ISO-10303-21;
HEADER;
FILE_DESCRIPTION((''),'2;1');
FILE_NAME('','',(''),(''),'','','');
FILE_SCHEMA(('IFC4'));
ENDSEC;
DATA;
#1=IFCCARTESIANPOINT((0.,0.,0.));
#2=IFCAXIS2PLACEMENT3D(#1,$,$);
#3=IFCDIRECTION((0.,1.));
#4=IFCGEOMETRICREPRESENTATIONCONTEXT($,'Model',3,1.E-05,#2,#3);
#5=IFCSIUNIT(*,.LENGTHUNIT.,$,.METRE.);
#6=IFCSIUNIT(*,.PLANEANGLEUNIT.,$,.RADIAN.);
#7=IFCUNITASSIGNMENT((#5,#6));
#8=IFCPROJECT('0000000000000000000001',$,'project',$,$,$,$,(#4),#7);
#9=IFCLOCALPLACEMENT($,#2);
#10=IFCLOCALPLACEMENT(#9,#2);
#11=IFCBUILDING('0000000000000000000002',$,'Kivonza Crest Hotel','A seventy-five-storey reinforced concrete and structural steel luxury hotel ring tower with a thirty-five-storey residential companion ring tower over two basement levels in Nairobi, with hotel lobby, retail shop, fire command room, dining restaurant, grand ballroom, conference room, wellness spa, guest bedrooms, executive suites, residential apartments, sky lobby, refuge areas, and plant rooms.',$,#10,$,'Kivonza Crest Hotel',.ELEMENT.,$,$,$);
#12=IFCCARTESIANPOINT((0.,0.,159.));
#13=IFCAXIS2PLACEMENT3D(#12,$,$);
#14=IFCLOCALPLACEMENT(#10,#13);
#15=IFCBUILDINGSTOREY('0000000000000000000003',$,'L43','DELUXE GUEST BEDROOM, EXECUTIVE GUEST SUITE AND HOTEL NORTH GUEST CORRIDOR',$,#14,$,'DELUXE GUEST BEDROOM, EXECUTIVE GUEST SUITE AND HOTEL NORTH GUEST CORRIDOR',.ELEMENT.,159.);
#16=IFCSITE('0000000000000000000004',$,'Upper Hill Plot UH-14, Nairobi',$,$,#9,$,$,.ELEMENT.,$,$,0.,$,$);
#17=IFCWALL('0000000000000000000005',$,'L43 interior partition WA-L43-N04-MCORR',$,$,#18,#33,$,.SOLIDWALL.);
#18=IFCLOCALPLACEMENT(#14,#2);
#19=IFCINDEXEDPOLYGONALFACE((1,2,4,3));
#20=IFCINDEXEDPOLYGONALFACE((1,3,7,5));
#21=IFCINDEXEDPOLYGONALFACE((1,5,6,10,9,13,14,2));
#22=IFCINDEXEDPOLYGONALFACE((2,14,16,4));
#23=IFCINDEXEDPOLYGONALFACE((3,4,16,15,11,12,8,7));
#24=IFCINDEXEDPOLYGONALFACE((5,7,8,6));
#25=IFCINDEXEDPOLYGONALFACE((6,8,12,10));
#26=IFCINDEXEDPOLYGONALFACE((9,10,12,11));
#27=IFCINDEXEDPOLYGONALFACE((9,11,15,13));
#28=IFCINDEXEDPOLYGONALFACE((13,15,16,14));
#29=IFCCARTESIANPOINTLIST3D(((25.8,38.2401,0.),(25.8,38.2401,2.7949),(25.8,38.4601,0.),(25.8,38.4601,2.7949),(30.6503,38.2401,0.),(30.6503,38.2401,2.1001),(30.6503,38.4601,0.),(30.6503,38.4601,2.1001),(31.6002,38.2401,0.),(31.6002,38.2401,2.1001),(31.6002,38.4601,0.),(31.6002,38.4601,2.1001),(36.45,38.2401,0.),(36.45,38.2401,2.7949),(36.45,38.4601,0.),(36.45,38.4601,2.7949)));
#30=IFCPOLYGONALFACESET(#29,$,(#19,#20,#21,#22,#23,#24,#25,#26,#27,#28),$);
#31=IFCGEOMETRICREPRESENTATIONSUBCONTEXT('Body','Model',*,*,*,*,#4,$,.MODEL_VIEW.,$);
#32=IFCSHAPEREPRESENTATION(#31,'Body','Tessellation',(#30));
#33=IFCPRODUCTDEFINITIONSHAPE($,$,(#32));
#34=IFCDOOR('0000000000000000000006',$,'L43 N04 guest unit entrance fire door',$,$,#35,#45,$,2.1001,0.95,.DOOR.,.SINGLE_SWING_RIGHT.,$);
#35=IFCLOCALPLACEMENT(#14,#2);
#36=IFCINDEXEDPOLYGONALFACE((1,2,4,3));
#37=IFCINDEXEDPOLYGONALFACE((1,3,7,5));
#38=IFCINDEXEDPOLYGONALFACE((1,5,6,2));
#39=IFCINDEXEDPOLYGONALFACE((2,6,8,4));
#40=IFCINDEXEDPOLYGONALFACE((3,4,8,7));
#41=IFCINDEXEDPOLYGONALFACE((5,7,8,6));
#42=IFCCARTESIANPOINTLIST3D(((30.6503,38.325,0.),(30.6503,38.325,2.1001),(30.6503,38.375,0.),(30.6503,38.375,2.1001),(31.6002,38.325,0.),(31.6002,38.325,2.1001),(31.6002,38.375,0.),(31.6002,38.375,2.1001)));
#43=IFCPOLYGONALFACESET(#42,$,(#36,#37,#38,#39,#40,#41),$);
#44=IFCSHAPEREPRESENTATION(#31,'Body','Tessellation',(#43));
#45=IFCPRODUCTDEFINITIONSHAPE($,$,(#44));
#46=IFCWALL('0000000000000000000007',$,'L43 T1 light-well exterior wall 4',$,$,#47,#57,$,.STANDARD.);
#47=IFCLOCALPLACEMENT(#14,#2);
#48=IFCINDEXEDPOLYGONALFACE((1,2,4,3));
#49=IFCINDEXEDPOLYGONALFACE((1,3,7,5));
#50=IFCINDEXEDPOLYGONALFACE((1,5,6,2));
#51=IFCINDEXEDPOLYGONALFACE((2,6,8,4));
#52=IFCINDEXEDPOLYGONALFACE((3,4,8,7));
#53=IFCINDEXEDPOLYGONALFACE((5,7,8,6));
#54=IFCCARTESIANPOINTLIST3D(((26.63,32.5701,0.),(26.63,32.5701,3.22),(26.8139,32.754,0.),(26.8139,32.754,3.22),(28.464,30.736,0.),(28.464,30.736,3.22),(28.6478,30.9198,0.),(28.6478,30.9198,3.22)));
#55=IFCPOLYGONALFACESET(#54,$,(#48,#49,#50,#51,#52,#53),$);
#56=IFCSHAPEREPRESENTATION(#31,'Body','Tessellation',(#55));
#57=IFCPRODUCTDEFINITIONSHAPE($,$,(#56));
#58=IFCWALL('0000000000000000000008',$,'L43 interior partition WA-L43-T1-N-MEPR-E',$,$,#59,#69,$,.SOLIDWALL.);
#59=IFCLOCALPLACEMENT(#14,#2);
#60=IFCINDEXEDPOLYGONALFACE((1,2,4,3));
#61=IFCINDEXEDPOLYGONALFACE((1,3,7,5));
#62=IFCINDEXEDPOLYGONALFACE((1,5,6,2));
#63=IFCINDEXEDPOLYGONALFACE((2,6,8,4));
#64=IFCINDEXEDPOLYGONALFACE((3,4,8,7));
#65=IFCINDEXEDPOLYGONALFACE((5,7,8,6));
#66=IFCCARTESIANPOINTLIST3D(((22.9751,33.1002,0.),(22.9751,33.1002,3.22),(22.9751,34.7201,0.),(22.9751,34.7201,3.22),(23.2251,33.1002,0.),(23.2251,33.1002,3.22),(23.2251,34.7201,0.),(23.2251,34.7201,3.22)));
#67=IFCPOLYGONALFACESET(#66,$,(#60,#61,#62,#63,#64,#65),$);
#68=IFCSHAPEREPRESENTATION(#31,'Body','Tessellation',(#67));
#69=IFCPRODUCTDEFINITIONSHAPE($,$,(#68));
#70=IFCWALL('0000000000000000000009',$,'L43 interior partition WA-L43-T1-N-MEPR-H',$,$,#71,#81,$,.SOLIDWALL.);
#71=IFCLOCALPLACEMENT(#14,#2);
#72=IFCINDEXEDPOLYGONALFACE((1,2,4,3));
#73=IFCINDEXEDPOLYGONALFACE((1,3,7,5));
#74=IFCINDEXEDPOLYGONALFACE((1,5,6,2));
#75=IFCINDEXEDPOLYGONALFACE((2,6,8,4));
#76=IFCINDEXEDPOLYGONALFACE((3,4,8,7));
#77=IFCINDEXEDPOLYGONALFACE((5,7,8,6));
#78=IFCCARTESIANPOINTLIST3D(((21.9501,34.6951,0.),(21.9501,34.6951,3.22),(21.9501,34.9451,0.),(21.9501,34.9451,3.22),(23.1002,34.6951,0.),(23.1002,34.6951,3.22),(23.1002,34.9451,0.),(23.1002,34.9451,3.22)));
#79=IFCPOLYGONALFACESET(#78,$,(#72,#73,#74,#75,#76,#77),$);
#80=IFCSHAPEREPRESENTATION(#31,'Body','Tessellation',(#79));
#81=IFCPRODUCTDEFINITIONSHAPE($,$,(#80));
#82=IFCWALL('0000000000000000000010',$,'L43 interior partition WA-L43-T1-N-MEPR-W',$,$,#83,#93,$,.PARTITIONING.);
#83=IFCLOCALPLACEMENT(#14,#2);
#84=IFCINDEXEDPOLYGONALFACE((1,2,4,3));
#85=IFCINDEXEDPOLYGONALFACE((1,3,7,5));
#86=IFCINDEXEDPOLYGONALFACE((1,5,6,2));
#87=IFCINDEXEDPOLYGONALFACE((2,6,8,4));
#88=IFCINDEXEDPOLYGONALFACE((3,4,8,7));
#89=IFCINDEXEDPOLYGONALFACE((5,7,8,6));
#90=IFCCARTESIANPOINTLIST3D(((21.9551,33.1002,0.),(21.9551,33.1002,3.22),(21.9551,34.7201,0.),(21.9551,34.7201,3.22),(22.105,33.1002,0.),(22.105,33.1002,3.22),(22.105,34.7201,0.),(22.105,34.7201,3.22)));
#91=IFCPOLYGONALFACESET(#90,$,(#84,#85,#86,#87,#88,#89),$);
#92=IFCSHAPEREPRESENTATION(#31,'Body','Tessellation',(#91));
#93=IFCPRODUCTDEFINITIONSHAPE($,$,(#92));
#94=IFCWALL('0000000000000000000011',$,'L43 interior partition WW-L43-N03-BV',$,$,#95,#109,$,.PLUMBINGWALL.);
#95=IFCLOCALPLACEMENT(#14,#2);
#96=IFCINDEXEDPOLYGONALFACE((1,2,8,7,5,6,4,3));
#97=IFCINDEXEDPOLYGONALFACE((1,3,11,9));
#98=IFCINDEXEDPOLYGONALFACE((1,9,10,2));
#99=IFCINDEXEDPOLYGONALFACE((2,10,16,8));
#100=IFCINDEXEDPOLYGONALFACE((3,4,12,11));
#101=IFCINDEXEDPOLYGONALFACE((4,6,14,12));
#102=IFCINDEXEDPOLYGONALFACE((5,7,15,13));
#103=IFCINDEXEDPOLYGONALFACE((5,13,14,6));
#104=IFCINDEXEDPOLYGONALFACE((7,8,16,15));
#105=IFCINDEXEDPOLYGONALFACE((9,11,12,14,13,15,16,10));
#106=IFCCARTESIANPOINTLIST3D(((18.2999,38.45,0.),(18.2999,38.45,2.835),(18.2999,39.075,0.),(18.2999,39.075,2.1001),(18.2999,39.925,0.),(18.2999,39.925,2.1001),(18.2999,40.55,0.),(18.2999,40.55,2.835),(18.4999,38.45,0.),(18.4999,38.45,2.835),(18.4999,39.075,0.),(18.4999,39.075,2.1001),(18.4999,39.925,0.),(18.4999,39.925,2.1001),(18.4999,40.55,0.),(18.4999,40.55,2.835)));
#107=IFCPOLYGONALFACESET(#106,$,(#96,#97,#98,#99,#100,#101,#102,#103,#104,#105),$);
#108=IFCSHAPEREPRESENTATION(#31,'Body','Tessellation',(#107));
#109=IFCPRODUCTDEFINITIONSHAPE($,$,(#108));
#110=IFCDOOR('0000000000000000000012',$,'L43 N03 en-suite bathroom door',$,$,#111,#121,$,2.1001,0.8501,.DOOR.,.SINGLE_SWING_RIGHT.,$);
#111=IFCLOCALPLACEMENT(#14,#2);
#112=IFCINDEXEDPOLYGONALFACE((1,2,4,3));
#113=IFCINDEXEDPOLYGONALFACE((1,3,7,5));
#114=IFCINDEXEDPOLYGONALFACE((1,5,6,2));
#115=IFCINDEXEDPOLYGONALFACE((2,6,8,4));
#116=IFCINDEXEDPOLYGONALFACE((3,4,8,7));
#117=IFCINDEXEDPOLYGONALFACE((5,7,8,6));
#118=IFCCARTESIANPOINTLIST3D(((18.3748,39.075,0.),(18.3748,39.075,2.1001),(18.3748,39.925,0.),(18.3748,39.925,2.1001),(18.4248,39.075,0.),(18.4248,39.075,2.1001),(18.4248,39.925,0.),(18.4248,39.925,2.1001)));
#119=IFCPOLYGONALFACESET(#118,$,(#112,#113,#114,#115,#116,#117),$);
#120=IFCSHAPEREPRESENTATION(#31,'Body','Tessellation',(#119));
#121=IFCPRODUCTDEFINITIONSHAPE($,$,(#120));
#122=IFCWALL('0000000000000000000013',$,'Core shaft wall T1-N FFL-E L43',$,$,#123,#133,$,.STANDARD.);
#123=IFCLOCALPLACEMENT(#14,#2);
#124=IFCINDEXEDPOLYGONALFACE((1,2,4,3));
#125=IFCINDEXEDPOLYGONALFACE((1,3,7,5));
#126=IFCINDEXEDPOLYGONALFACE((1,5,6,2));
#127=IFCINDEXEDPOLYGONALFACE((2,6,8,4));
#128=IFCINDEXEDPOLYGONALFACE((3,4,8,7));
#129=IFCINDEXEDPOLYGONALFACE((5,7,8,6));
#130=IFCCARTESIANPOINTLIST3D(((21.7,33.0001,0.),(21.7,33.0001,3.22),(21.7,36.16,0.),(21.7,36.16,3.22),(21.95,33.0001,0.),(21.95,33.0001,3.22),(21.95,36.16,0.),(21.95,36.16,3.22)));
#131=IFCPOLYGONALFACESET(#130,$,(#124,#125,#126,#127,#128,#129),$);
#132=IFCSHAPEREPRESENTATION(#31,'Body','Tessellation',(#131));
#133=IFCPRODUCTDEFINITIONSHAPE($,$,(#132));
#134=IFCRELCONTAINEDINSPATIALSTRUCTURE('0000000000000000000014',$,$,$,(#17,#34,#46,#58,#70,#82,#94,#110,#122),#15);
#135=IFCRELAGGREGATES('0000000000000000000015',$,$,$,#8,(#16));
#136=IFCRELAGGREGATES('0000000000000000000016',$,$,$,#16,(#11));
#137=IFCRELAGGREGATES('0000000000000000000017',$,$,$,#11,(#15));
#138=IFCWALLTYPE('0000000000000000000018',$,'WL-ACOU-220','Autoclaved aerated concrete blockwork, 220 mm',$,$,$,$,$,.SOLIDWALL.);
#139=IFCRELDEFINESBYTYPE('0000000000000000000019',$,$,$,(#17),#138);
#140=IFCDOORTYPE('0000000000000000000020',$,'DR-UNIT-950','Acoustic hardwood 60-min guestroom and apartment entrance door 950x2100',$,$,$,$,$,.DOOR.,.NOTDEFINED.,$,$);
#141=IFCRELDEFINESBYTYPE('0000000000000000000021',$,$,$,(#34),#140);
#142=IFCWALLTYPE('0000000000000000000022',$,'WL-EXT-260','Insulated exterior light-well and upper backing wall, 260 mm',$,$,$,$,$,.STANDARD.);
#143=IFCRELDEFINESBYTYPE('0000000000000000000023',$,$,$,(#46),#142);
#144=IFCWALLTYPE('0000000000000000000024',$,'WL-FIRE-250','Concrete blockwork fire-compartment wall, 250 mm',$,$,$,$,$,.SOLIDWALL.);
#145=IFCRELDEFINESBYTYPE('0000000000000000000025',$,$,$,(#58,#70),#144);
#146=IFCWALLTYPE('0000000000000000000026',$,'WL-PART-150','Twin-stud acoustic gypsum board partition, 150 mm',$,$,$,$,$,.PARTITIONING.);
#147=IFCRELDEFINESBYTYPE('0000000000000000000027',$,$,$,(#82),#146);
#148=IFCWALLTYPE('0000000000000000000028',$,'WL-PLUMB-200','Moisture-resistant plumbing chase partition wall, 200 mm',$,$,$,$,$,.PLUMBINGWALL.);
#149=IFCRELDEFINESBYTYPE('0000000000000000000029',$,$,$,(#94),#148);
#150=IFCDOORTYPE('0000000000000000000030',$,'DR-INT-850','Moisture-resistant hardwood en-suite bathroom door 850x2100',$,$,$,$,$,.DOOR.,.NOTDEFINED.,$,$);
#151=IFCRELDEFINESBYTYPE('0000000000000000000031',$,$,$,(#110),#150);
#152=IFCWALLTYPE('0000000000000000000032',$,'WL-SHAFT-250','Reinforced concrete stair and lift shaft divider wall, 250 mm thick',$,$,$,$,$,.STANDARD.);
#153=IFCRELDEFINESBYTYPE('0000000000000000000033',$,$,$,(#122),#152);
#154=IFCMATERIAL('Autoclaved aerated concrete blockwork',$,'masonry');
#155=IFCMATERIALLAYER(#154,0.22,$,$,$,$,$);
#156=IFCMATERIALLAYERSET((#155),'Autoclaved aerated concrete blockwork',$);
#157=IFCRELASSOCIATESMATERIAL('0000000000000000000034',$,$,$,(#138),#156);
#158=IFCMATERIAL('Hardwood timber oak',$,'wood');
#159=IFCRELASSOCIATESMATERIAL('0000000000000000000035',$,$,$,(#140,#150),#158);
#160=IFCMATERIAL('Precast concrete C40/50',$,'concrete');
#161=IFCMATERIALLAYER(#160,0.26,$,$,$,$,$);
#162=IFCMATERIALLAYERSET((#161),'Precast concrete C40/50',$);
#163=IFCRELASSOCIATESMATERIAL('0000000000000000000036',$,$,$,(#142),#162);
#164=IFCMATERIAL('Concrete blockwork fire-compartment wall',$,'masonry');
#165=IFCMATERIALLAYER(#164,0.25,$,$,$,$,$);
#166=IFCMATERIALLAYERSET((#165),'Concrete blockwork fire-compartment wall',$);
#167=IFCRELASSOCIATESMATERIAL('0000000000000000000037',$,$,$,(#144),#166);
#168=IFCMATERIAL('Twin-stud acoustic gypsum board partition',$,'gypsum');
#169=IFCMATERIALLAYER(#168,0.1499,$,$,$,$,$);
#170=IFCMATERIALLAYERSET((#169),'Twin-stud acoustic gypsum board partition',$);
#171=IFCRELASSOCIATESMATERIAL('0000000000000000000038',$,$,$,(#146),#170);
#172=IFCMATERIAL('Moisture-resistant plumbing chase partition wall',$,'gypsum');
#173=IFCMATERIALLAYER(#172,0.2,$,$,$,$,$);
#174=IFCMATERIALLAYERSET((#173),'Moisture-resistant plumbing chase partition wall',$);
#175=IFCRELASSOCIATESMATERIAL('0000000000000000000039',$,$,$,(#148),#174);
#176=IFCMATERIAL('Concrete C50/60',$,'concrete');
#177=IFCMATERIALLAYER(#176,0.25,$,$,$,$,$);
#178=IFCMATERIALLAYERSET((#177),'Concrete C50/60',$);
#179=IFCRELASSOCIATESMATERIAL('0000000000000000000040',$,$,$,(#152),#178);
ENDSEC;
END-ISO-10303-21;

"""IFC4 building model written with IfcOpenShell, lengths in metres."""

from ifc_helpers import new_model, si_unit, direction, frame, frame_2d, origin, place, context, subcontext, project, spatial, rectangle, extrude, material, layer, layer_set, type_object, element, fill, save


model = new_model("IFC4")

# Units and contexts
model_context = context("Model", 3, precision=1e-05, world=origin(), true_north=direction((0.0, 1.0)))
body_context = subcontext(model_context, "Body", "Model", "MODEL_VIEW")
ifc_project = project(units=[si_unit("LENGTHUNIT", "METRE"), si_unit("PLANEANGLEUNIT", "RADIAN")], contexts=[model_context])

# Site, building, storey
site_placement = place(None, origin())
site = spatial("IfcSite", under=ifc_project, at=site_placement, Name="Upper Hill Plot UH-14, Nairobi", CompositionType="ELEMENT", RefElevation=0.0)
building_placement = place(site_placement, origin())
building = spatial("IfcBuilding", under=site, at=building_placement, Name="Kivonza Crest Hotel", Description="A seventy-five-storey reinforced concrete and structural steel luxury hotel ring tower with a thirty-five-storey residential companion ring tower over two basement levels in Nairobi, with hotel lobby, retail shop, fire command room, dining restaurant, grand ballroom, conference room, wellness spa, guest bedrooms, executive suites, residential apartments, sky lobby, refuge areas, and plant rooms.", LongName="Kivonza Crest Hotel", CompositionType="ELEMENT")
storey_placement = place(building_placement, frame((0.0, 0.0, 159.0)))
storey = spatial("IfcBuildingStorey", under=building, at=storey_placement, Name="L43", Description="DELUXE GUEST BEDROOM, EXECUTIVE GUEST SUITE AND HOTEL NORTH GUEST CORRIDOR", LongName="DELUXE GUEST BEDROOM, EXECUTIVE GUEST SUITE AND HOTEL NORTH GUEST CORRIDOR", CompositionType="ELEMENT", Elevation=159.0)

# Shared definitions
ifc_material_1 = material(Name="Concrete C50/60", Category="concrete")

# Wall, opening, door
ifc_material_2 = material(Name="Autoclaved aerated concrete blockwork", Category="masonry")
ifc_layer_1 = layer(ifc_material_2, 0.22)
ifc_layer_set_1 = layer_set([ifc_layer_1], Name="Autoclaved aerated concrete blockwork")
wall_type_1 = type_object("IfcWallType", Name="WL-ACOU-220", Description="Autoclaved aerated concrete blockwork, 220 mm", PredefinedType="SOLIDWALL", material=ifc_layer_set_1)
wall_1_placement = place(storey_placement, frame((25.8, 38.3501, 0.0), z_axis=(0.0, 0.0, 1.0), x_axis=(1.0, 0.0, 0.0)))
wall_1 = element("IfcWall", 1, at=wall_1_placement, inside=storey, type_object=wall_type_1, Name="L43 interior partition WA-L43-N04-MCORR", PredefinedType="SOLIDWALL", context=body_context, shape_type="SweptSolid", body=[
    extrude(rectangle(XDim=10.6499, YDim=0.22, at=frame_2d((5.325, 0.0))), origin(), (0.0, 0.0, 1.0), 2.7949),
])
opening_1_placement = place(wall_1_placement, frame((4.8501, 0.0, 0.0)))
opening_1 = element("IfcOpeningElement", 2, at=opening_1_placement, cuts=wall_1, PredefinedType="OPENING", context=body_context, shape_type="SweptSolid", body=[
    extrude(rectangle(XDim=0.95, YDim=2.1001, at=frame_2d((0.4751, 1.05))), frame((0.0, 0.1201, 0.0), z_axis=(0.0, -1.0, 0.0), x_axis=(1.0, 0.0, 0.0)), (0.0, 0.0, 1.0), 0.24),
])
ifc_material_3 = material(Name="Hardwood timber oak", Category="wood")
door_type_1 = type_object("IfcDoorType", Name="DR-UNIT-950", Description="Acoustic hardwood 60-min guestroom and apartment entrance door 950x2100", OperationType="NOTDEFINED", PredefinedType="DOOR", material=ifc_material_3)
door_1_placement = place(opening_1_placement, origin())
door_1 = element("IfcDoor", 3, at=door_1_placement, inside=storey, type_object=door_type_1, Name="L43 N04 guest unit entrance fire door", OperationType="SINGLE_SWING_RIGHT", OverallHeight=2.1001, OverallWidth=0.95, PredefinedType="DOOR", context=body_context, shape_type="SweptSolid", body=[
    extrude(rectangle(XDim=0.95, YDim=2.1001, at=frame_2d((0.4751, 1.05))), frame((0.0, 0.0249, 0.0), z_axis=(0.0, -1.0, 0.0), x_axis=(1.0, 0.0, 0.0)), (0.0, 0.0, 1.0), 0.05),
])
fill(opening_1, door_1)

# Walls
ifc_material_4 = material(Name="Precast concrete C40/50", Category="concrete")
ifc_layer_2 = layer(ifc_material_4, 0.26)
ifc_layer_set_2 = layer_set([ifc_layer_2], Name="Precast concrete C40/50")
wall_type_2 = type_object("IfcWallType", Name="WL-EXT-260", Description="Insulated exterior light-well and upper backing wall, 260 mm", PredefinedType="STANDARD", material=ifc_layer_set_2)
wall_2_placement = place(storey_placement, frame((28.5559, 30.8279, 0.0), z_axis=(0.0, 0.0, 1.0), x_axis=(-0.70706, 0.707154, 0.0)))
element("IfcWall", 4, at=wall_2_placement, inside=storey, type_object=wall_type_2, Name="L43 T1 light-well exterior wall 4", PredefinedType="STANDARD", context=body_context, shape_type="SweptSolid", body=[
    extrude(rectangle(XDim=2.5938, YDim=0.26, at=frame_2d((1.2969, 0.0))), origin(), (0.0, 0.0, 1.0), 3.22),
])
ifc_material_5 = material(Name="Concrete blockwork fire-compartment wall", Category="masonry")
ifc_layer_3 = layer(ifc_material_5, 0.25)
ifc_layer_set_3 = layer_set([ifc_layer_3], Name="Concrete blockwork fire-compartment wall")
wall_type_3 = type_object("IfcWallType", Name="WL-FIRE-250", Description="Concrete blockwork fire-compartment wall, 250 mm", PredefinedType="SOLIDWALL", material=ifc_layer_set_3)
wall_3_placement = place(storey_placement, frame((23.1001, 33.1001, 0.0), z_axis=(0.0, 0.0, 1.0), x_axis=(0.0, 1.0, 0.0)))
element("IfcWall", 5, at=wall_3_placement, inside=storey, type_object=wall_type_3, Name="L43 interior partition WA-L43-T1-N-MEPR-E", PredefinedType="SOLIDWALL", context=body_context, shape_type="SweptSolid", body=[
    extrude(rectangle(XDim=1.6199, YDim=0.25, at=frame_2d((0.8101, 0.0))), origin(), (0.0, 0.0, 1.0), 3.22),
])
wall_4_placement = place(storey_placement, frame((21.95, 34.8201, 0.0), z_axis=(0.0, 0.0, 1.0), x_axis=(1.0, 0.0, 0.0)))
element("IfcWall", 6, at=wall_4_placement, inside=storey, type_object=wall_type_3, Name="L43 interior partition WA-L43-T1-N-MEPR-H", PredefinedType="SOLIDWALL", context=body_context, shape_type="SweptSolid", body=[
    extrude(rectangle(XDim=1.1501, YDim=0.25, at=frame_2d((0.5752, 0.0))), origin(), (0.0, 0.0, 1.0), 3.22),
])
ifc_material_6 = material(Name="Twin-stud acoustic gypsum board partition", Category="gypsum")
ifc_layer_4 = layer(ifc_material_6, 0.1499)
ifc_layer_set_4 = layer_set([ifc_layer_4], Name="Twin-stud acoustic gypsum board partition")
wall_type_4 = type_object("IfcWallType", Name="WL-PART-150", Description="Twin-stud acoustic gypsum board partition, 150 mm", PredefinedType="PARTITIONING", material=ifc_layer_set_4)
wall_5_placement = place(storey_placement, frame((22.03, 33.1001, 0.0), z_axis=(0.0, 0.0, 1.0), x_axis=(0.0, 1.0, 0.0)))
element("IfcWall", 7, at=wall_5_placement, inside=storey, type_object=wall_type_4, Name="L43 interior partition WA-L43-T1-N-MEPR-W", PredefinedType="PARTITIONING", context=body_context, shape_type="SweptSolid", body=[
    extrude(rectangle(XDim=1.6199, YDim=0.1499, at=frame_2d((0.8101, 0.0))), origin(), (0.0, 0.0, 1.0), 3.22),
])

# Wall, opening, door
ifc_material_7 = material(Name="Moisture-resistant plumbing chase partition wall", Category="gypsum")
ifc_layer_5 = layer(ifc_material_7, 0.2)
ifc_layer_set_5 = layer_set([ifc_layer_5], Name="Moisture-resistant plumbing chase partition wall")
wall_type_5 = type_object("IfcWallType", Name="WL-PLUMB-200", Description="Moisture-resistant plumbing chase partition wall, 200 mm", PredefinedType="PLUMBINGWALL", material=ifc_layer_set_5)
wall_6_placement = place(storey_placement, frame((18.3999, 38.45, 0.0), z_axis=(0.0, 0.0, 1.0), x_axis=(0.0, 1.0, 0.0)))
wall_6 = element("IfcWall", 8, at=wall_6_placement, inside=storey, type_object=wall_type_5, Name="L43 interior partition WW-L43-N03-BV", PredefinedType="PLUMBINGWALL", context=body_context, shape_type="SweptSolid", body=[
    extrude(rectangle(XDim=2.1001, YDim=0.2, at=frame_2d((1.05, 0.0))), origin(), (0.0, 0.0, 1.0), 2.835),
])
opening_2_placement = place(wall_6_placement, frame((0.625, 0.0, 0.0)))
opening_2 = element("IfcOpeningElement", 9, at=opening_2_placement, cuts=wall_6, PredefinedType="OPENING", context=body_context, shape_type="SweptSolid", body=[
    extrude(rectangle(XDim=0.8501, YDim=2.1001, at=frame_2d((0.425, 1.05))), frame((0.0, 0.1099, 0.0), z_axis=(0.0, -1.0, 0.0), x_axis=(1.0, 0.0, 0.0)), (0.0, 0.0, 1.0), 0.22),
])
door_type_2 = type_object("IfcDoorType", Name="DR-INT-850", Description="Moisture-resistant hardwood en-suite bathroom door 850x2100", OperationType="NOTDEFINED", PredefinedType="DOOR", material=ifc_material_3)
door_2_placement = place(opening_2_placement, frame((0.8501, 0.0, 0.0), z_axis=(0.0, 0.0, 1.0), x_axis=(-1.0, 0.0, 0.0)))
door_2 = element("IfcDoor", 10, at=door_2_placement, inside=storey, type_object=door_type_2, Name="L43 N03 en-suite bathroom door", OperationType="SINGLE_SWING_RIGHT", OverallHeight=2.1001, OverallWidth=0.8501, PredefinedType="DOOR", context=body_context, shape_type="SweptSolid", body=[
    extrude(rectangle(XDim=0.8501, YDim=2.1001, at=frame_2d((0.425, 1.05))), frame((0.0, 0.0249, 0.0), z_axis=(0.0, -1.0, 0.0), x_axis=(1.0, 0.0, 0.0)), (0.0, 0.0, 1.0), 0.05),
])
fill(opening_2, door_2)
ifc_layer_6 = layer(ifc_material_1, 0.25)
ifc_layer_set_6 = layer_set([ifc_layer_6], Name="Concrete C50/60")
wall_type_6 = type_object("IfcWallType", Name="WL-SHAFT-250", Description="Reinforced concrete stair and lift shaft divider wall, 250 mm thick", PredefinedType="STANDARD", material=ifc_layer_set_6)

# Wall
wall_7_placement = place(storey_placement, frame((21.825, 33.0, 0.0), z_axis=(0.0, 0.0, 1.0), x_axis=(0.0, 1.0, 0.0)))
element("IfcWall", 11, at=wall_7_placement, inside=storey, type_object=wall_type_6, Name="Core shaft wall T1-N FFL-E L43", PredefinedType="STANDARD", context=body_context, shape_type="SweptSolid", body=[
    extrude(rectangle(XDim=3.1599, YDim=0.25, at=frame_2d((1.5801, 0.0))), origin(), (0.0, 0.0, 1.0), 3.22),
])

save(model, "model.ifc")
